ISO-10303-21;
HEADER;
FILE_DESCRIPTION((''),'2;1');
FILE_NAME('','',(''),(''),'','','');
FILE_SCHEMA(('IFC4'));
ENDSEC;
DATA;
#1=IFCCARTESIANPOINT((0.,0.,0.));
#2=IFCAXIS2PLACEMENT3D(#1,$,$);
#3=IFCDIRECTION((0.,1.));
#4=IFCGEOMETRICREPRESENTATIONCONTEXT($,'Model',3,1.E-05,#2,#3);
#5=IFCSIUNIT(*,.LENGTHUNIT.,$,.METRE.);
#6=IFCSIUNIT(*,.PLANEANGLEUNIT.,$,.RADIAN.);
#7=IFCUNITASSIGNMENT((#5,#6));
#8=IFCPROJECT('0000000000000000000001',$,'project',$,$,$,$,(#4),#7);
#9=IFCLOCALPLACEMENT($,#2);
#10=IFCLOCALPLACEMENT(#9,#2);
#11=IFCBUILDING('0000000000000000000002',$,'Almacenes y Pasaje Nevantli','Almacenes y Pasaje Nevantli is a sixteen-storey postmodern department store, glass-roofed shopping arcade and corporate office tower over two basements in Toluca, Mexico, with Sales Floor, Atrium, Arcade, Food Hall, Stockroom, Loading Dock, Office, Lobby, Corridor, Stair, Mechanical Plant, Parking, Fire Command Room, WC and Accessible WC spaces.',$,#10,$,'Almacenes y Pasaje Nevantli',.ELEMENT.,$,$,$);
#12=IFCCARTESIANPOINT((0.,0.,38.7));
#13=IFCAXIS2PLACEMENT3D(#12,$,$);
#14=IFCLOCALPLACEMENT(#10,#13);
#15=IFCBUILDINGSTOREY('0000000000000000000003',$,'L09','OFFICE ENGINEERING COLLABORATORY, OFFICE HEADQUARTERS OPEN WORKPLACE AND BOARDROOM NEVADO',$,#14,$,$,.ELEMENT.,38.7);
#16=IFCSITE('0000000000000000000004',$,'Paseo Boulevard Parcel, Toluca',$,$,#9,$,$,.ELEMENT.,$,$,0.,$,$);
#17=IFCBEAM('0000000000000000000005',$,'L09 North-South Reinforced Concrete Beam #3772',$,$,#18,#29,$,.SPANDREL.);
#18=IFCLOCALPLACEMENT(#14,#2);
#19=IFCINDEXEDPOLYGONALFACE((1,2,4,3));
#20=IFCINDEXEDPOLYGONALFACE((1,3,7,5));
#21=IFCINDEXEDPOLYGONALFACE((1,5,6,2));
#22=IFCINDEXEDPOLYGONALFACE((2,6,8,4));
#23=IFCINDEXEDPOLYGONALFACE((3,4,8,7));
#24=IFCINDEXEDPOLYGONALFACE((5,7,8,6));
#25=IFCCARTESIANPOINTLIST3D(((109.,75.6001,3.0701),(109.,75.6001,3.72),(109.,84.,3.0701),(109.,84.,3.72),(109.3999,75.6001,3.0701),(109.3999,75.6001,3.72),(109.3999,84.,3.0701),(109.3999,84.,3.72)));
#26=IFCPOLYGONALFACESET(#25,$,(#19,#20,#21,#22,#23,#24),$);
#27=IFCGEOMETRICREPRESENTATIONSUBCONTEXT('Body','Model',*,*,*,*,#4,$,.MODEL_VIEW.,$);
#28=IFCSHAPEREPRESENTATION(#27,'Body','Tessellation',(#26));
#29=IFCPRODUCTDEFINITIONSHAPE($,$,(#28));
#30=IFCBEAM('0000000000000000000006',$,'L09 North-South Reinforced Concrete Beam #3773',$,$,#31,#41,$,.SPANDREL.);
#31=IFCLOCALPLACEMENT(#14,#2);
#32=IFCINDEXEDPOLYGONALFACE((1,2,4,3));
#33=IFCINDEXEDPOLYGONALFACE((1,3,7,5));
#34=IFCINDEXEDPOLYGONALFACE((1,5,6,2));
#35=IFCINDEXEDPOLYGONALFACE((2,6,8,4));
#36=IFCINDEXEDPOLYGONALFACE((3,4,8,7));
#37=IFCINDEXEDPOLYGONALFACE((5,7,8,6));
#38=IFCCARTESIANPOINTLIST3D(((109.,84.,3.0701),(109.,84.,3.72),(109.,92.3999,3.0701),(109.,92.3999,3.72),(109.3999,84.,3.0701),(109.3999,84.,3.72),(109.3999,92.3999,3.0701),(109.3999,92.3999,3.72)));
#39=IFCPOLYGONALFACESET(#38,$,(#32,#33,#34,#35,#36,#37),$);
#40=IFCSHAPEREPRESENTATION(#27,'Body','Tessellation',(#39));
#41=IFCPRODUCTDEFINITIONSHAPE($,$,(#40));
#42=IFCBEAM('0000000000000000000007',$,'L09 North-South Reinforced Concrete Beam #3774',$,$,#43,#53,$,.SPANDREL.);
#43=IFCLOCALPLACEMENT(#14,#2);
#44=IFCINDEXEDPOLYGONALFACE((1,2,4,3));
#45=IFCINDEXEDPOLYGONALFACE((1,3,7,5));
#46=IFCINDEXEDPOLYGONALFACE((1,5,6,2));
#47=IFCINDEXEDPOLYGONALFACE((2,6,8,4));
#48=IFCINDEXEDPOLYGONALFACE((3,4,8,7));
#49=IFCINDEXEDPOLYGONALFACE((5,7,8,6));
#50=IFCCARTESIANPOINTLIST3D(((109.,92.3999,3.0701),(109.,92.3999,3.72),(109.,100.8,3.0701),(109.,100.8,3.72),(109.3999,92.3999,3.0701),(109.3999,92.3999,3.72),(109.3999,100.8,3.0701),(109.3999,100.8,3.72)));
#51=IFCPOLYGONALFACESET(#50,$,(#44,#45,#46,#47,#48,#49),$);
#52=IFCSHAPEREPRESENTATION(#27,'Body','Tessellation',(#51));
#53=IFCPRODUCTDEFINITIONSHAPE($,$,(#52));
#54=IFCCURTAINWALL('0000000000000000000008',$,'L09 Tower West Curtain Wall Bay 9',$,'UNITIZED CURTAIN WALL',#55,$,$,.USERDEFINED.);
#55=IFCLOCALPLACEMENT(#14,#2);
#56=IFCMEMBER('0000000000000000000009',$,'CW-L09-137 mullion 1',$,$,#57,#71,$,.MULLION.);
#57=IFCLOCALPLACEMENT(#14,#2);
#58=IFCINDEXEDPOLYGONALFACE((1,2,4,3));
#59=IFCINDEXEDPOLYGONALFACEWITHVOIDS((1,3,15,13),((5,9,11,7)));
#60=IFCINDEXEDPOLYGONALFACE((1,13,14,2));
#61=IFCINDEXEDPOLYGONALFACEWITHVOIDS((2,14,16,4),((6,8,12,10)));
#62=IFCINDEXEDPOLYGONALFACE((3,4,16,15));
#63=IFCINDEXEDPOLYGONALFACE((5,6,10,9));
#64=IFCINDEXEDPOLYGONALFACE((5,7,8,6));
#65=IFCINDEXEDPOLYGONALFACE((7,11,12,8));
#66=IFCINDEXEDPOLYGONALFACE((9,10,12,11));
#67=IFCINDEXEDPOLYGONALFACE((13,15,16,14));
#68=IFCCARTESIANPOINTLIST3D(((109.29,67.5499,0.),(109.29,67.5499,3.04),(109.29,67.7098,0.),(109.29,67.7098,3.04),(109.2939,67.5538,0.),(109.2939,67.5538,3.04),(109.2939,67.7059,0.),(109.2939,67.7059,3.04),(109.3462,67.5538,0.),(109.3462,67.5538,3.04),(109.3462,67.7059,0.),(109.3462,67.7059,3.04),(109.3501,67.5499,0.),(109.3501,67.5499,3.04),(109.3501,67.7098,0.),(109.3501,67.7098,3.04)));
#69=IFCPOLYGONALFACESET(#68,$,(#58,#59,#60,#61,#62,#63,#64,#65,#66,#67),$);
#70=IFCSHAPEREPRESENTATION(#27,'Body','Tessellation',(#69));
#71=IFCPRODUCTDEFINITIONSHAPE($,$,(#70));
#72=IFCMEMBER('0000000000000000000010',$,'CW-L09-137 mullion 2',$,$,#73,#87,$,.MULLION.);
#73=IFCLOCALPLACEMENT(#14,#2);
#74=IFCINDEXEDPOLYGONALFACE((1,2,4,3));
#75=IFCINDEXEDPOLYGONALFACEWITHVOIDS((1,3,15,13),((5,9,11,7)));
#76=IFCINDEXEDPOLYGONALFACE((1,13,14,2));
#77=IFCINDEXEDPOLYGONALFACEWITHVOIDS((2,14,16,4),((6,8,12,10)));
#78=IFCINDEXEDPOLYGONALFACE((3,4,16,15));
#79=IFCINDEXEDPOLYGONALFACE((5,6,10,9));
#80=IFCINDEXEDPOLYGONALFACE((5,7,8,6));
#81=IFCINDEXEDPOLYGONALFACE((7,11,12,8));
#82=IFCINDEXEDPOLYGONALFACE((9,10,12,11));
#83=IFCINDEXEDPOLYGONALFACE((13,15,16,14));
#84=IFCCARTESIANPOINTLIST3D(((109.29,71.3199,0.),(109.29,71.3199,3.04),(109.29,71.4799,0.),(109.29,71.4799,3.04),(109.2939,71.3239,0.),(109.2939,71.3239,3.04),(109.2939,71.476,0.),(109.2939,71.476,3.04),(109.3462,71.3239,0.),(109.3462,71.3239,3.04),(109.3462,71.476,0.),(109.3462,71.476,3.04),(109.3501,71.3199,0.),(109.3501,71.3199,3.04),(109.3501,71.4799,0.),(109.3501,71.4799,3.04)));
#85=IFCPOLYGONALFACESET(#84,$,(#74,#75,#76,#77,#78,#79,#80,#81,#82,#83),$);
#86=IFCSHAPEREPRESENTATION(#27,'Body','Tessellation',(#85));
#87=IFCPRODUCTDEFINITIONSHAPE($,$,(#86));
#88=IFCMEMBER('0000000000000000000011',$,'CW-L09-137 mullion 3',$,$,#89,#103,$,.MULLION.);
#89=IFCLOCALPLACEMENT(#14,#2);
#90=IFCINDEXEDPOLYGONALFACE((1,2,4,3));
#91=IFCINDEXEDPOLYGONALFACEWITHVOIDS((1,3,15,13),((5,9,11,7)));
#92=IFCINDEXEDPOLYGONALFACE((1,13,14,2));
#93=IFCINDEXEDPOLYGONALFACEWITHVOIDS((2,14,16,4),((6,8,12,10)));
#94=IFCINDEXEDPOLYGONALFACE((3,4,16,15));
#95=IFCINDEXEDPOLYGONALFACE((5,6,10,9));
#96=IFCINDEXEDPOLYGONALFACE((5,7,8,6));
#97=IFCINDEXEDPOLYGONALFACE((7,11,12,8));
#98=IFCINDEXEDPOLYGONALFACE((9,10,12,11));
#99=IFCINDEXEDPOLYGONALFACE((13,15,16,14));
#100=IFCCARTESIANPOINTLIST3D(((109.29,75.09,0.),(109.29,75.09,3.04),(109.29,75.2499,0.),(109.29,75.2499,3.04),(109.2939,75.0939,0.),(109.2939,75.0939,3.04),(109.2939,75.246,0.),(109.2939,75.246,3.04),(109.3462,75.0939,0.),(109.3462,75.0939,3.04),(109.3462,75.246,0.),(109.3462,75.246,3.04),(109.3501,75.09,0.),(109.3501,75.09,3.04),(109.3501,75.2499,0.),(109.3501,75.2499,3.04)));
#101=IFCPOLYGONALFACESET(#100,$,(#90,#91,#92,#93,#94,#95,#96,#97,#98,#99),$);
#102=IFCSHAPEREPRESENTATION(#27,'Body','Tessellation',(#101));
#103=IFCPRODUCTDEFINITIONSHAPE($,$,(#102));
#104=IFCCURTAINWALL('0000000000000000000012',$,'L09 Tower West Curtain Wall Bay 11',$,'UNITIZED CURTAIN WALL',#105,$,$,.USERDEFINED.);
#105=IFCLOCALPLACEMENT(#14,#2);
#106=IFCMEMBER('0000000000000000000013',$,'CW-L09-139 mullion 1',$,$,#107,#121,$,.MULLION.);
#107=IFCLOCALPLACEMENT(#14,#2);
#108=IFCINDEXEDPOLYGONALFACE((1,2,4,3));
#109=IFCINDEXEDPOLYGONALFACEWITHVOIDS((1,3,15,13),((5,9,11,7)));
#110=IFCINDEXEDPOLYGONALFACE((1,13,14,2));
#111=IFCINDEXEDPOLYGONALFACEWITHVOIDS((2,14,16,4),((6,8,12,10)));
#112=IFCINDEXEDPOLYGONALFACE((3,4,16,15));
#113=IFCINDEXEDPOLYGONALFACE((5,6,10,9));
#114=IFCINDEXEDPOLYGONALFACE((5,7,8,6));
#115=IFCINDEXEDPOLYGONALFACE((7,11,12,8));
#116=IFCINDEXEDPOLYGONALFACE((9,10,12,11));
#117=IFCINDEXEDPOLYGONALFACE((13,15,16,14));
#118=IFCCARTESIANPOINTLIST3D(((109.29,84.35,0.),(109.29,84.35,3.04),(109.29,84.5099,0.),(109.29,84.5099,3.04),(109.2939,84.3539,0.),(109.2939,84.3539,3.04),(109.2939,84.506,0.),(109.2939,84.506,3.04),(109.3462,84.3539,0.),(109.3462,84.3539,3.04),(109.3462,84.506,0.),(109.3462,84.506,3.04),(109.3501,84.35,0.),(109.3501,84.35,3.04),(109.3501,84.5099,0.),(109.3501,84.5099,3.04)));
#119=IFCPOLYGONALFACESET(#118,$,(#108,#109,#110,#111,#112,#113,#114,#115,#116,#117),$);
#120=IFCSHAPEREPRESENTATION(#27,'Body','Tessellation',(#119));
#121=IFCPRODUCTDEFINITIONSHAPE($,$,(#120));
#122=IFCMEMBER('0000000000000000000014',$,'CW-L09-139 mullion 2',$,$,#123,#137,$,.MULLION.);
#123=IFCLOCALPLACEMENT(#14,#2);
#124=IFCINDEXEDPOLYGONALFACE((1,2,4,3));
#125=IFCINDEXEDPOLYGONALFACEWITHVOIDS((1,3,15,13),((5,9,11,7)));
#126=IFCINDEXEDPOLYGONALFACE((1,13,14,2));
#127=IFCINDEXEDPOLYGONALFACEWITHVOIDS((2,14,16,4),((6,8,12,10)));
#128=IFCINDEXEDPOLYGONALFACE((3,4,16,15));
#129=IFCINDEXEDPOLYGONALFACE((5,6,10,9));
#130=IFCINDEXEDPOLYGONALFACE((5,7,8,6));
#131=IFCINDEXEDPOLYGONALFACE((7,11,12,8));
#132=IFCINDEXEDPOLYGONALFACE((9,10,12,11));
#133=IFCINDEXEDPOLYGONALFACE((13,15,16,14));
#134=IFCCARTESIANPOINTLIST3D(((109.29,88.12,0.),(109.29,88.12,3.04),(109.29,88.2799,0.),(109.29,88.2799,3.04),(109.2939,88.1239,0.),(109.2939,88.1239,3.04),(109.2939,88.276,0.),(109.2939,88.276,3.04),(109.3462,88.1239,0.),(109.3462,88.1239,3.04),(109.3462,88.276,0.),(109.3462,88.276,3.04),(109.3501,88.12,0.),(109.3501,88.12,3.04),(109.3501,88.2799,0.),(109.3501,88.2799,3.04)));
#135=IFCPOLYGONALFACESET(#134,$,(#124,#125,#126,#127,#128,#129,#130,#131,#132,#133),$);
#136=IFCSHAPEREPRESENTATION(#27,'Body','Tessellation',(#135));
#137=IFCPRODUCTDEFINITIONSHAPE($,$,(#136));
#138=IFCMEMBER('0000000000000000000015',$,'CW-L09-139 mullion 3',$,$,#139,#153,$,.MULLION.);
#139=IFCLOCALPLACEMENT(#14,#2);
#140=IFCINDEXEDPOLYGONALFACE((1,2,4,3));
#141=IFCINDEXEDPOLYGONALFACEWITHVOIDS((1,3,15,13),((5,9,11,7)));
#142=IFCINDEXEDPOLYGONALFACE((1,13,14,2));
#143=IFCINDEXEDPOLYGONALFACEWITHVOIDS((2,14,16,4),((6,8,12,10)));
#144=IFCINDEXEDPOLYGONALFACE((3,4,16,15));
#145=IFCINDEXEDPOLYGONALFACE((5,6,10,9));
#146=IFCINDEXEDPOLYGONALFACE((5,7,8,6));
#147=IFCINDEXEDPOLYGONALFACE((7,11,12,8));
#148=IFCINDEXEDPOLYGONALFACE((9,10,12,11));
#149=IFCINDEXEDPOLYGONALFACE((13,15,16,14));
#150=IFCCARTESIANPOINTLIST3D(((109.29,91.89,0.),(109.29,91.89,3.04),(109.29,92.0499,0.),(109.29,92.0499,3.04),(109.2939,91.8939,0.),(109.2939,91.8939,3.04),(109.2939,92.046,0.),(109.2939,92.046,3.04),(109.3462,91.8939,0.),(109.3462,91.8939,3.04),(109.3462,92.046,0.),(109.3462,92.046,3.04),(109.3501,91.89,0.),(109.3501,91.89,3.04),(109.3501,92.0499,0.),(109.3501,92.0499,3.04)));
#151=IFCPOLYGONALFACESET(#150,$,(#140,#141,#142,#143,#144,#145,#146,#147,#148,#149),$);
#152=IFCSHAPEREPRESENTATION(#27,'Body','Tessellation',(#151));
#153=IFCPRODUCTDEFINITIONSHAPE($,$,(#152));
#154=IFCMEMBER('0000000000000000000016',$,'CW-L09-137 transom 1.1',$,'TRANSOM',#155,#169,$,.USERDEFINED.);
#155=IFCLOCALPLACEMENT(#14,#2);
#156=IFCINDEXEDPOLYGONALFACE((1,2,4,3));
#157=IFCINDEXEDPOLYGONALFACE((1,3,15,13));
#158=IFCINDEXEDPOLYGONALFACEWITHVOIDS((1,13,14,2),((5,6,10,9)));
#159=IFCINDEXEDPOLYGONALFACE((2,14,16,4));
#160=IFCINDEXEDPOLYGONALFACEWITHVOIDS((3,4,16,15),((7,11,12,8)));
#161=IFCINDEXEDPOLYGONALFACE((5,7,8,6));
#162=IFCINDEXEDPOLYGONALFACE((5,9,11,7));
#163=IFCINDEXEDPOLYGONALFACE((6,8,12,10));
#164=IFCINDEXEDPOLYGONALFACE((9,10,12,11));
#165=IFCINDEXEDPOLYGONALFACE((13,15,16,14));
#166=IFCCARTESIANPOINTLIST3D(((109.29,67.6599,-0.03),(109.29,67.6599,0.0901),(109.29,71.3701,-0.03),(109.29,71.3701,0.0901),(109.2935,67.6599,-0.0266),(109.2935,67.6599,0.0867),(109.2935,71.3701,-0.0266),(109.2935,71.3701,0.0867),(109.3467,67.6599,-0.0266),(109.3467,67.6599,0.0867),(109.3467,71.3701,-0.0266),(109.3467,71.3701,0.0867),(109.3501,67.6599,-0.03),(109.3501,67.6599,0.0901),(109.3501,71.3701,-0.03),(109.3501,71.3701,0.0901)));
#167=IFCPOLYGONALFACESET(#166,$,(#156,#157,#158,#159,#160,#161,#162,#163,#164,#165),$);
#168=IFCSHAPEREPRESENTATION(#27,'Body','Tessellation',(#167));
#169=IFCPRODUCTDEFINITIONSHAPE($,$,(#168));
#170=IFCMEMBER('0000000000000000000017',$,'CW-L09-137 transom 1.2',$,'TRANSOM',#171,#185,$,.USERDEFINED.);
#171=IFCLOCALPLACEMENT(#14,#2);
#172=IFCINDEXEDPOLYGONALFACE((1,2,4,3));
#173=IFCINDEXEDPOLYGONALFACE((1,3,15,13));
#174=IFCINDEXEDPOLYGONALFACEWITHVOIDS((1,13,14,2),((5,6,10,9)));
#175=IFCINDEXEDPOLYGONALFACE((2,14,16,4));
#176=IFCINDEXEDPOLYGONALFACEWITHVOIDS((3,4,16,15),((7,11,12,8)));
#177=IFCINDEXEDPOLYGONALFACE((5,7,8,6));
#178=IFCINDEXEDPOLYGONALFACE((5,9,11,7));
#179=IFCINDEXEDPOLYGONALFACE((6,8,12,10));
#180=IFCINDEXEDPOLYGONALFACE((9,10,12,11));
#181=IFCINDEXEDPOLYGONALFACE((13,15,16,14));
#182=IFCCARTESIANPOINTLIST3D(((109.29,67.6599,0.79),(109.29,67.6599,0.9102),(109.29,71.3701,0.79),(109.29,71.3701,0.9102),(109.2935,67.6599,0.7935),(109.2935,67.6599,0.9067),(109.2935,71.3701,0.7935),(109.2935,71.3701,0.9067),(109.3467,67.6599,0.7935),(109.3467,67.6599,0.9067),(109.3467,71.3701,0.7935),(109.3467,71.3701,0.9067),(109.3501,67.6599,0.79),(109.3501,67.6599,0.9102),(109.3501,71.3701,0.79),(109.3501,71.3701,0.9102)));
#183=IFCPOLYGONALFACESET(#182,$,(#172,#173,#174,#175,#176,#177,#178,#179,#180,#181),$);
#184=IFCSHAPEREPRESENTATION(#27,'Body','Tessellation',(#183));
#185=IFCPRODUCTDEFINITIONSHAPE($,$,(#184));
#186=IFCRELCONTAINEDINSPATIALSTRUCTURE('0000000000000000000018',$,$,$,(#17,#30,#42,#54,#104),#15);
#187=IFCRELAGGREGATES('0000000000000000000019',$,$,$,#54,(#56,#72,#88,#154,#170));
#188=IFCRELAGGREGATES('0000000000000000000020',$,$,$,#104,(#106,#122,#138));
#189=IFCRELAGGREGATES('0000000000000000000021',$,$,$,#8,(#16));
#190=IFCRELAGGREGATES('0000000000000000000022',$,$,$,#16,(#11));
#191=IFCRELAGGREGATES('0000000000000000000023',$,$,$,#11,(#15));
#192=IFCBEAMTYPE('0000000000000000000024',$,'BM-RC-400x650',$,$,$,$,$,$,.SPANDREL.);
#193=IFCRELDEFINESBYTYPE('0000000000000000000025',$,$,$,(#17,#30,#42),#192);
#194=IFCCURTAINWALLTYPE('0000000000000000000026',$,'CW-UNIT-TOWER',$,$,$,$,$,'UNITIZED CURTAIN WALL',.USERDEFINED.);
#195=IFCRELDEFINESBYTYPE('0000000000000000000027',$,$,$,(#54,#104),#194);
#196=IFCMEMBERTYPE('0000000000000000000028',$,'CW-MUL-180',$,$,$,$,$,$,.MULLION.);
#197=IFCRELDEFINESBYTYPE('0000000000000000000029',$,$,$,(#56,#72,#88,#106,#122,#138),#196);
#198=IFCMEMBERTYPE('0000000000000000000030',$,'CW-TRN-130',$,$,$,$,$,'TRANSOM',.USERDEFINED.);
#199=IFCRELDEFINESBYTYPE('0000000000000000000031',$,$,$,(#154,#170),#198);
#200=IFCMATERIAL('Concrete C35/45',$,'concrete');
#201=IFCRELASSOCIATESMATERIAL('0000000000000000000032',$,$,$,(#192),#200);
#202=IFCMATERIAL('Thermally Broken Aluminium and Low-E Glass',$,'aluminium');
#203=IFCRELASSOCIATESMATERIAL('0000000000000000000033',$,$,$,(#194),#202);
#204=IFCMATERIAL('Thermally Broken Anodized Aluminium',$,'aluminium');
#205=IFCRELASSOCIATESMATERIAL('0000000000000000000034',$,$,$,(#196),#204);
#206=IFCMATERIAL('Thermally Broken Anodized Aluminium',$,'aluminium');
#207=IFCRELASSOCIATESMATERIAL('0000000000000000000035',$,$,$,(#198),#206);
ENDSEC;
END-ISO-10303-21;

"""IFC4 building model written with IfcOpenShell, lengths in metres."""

from ifc_helpers import new_model, si_unit, direction, frame, origin, origin_2d, place, context, subcontext, project, spatial, rectangle, hollow_rectangle, extrude, material, material_profile, profile_set, type_object, element, aggregate, save


model = new_model("IFC4")

# Units and contexts
model_context = context("Model", 3, precision=1e-05, world=origin(), true_north=direction((0.0, 1.0)))
body_context = subcontext(model_context, "Body", "Model", "MODEL_VIEW")
ifc_project = project(units=[si_unit("LENGTHUNIT", "METRE"), si_unit("PLANEANGLEUNIT", "RADIAN")], contexts=[model_context])

# Site, building, storey
site_placement = place(None, origin())
site = spatial("IfcSite", under=ifc_project, at=site_placement, Name="Paseo Boulevard Parcel, Toluca", CompositionType="ELEMENT", RefElevation=0.0)
building_placement = place(site_placement, origin())
building = spatial("IfcBuilding", under=site, at=building_placement, Name="Almacenes y Pasaje Nevantli", Description="Almacenes y Pasaje Nevantli is a sixteen-storey postmodern department store, glass-roofed shopping arcade and corporate office tower over two basements in Toluca, Mexico, with Sales Floor, Atrium, Arcade, Food Hall, Stockroom, Loading Dock, Office, Lobby, Corridor, Stair, Mechanical Plant, Parking, Fire Command Room, WC and Accessible WC spaces.", LongName="Almacenes y Pasaje Nevantli", CompositionType="ELEMENT")
storey_placement = place(building_placement, frame((0.0, 0.0, 38.7)))
storey = spatial("IfcBuildingStorey", under=building, at=storey_placement, Name="L09", Description="OFFICE ENGINEERING COLLABORATORY, OFFICE HEADQUARTERS OPEN WORKPLACE AND BOARDROOM NEVADO", CompositionType="ELEMENT", Elevation=38.7)

# Beams
ifc_material_1 = material(Name="Concrete C35/45", Category="concrete")
ifc_material_profile_1 = material_profile(ifc_material_1, rectangle(XDim=0.3999, YDim=0.6499, at=origin_2d()), Name="RC-BM-400x650")
ifc_profile_set_1 = profile_set([ifc_material_profile_1], Name="Concrete C35/45")
beam_type = type_object("IfcBeamType", Name="BM-RC-400x650", PredefinedType="SPANDREL", material=ifc_profile_set_1)
for number, where, z_axis, x_axis, name in (
    (1, (109.2, 75.6001, 3.395), (0.0, 1.0, 0.0), (-1.0, 0.0, 0.0), "L09 North-South Reinforced Concrete Beam #3772"),
    (2, (109.2, 84.0, 3.395), (0.0, 1.0, 0.0), (-1.0, 0.0, 0.0), "L09 North-South Reinforced Concrete Beam #3773"),
):
    element("IfcBeam", number, at=place(storey_placement, frame(where, z_axis=z_axis, x_axis=x_axis)), inside=storey, type_object=beam_type, Name=name, PredefinedType="SPANDREL", context=body_context, shape_type="SweptSolid", body=[
        extrude(rectangle(XDim=0.3999, YDim=0.6499, at=origin_2d()), origin(), (0.0, 0.0, 1.0), 8.3999),
    ])
beam_placement = place(storey_placement, frame((109.2, 92.3999, 3.395), z_axis=(0.0, 1.0, 0.0), x_axis=(-1.0, 0.0, 0.0)))
element("IfcBeam", 3, at=beam_placement, inside=storey, type_object=beam_type, Name="L09 North-South Reinforced Concrete Beam #3774", PredefinedType="SPANDREL", context=body_context, shape_type="SweptSolid", body=[
    extrude(rectangle(XDim=0.3999, YDim=0.6499, at=origin_2d()), origin(), (0.0, 0.0, 1.0), 8.4001),
])

# Curtain walls, members
ifc_material_2 = material(Name="Thermally Broken Aluminium and Low-E Glass", Category="aluminium")
curtain_wall_type = type_object("IfcCurtainWallType", Name="CW-UNIT-TOWER", ElementType="UNITIZED CURTAIN WALL", PredefinedType="USERDEFINED", material=ifc_material_2)
curtain_wall_1_placement = place(storey_placement, origin())
curtain_wall_1 = element("IfcCurtainWall", 4, at=curtain_wall_1_placement, inside=storey, type_object=curtain_wall_type, Name="L09 Tower West Curtain Wall Bay 9", ObjectType="UNITIZED CURTAIN WALL", PredefinedType="USERDEFINED")
ifc_material_3 = material(Name="Thermally Broken Anodized Aluminium", Category="aluminium")
ifc_material_profile_2 = material_profile(ifc_material_3, hollow_rectangle(XDim=0.0601, YDim=0.1599, WallThickness=0.0039, at=origin_2d()), Name="ALU-MUL-60x160")
ifc_profile_set_2 = profile_set([ifc_material_profile_2], Name="Thermally Broken Anodized Aluminium")
member_type_1 = type_object("IfcMemberType", Name="CW-MUL-180", PredefinedType="MULLION", material=ifc_profile_set_2)
member_1_placement = place(storey_placement, frame((109.3201, 67.6299, 0.0), z_axis=(0.0, 0.0, 1.0), x_axis=(-1.0, 0.0, 0.0)))
member_1 = element("IfcMember", 5, at=member_1_placement, type_object=member_type_1, Name="CW-L09-137 mullion 1", PredefinedType="MULLION", context=body_context, shape_type="SweptSolid", body=[
    extrude(hollow_rectangle(XDim=0.0601, YDim=0.1599, WallThickness=0.0039, at=origin_2d()), origin(), (0.0, 0.0, 1.0), 3.04),
])
member_2_placement = place(storey_placement, frame((109.3201, 71.3999, 0.0), z_axis=(0.0, 0.0, 1.0), x_axis=(-1.0, 0.0, 0.0)))
member_2 = element("IfcMember", 6, at=member_2_placement, type_object=member_type_1, Name="CW-L09-137 mullion 2", PredefinedType="MULLION", context=body_context, shape_type="SweptSolid", body=[
    extrude(hollow_rectangle(XDim=0.0601, YDim=0.1599, WallThickness=0.0039, at=origin_2d()), origin(), (0.0, 0.0, 1.0), 3.04),
])
member_3_placement = place(storey_placement, frame((109.3201, 75.1699, 0.0), z_axis=(0.0, 0.0, 1.0), x_axis=(-1.0, 0.0, 0.0)))
member_3 = element("IfcMember", 7, at=member_3_placement, type_object=member_type_1, Name="CW-L09-137 mullion 3", PredefinedType="MULLION", context=body_context, shape_type="SweptSolid", body=[
    extrude(hollow_rectangle(XDim=0.0601, YDim=0.1599, WallThickness=0.0039, at=origin_2d()), origin(), (0.0, 0.0, 1.0), 3.04),
])
curtain_wall_2_placement = place(storey_placement, origin())
curtain_wall_2 = element("IfcCurtainWall", 8, at=curtain_wall_2_placement, inside=storey, type_object=curtain_wall_type, Name="L09 Tower West Curtain Wall Bay 11", ObjectType="UNITIZED CURTAIN WALL", PredefinedType="USERDEFINED")
member_4_placement = place(storey_placement, frame((109.3201, 84.4299, 0.0), z_axis=(0.0, 0.0, 1.0), x_axis=(-1.0, 0.0, 0.0)))
member_4 = element("IfcMember", 9, at=member_4_placement, type_object=member_type_1, Name="CW-L09-139 mullion 1", PredefinedType="MULLION", context=body_context, shape_type="SweptSolid", body=[
    extrude(hollow_rectangle(XDim=0.0601, YDim=0.1599, WallThickness=0.0039, at=origin_2d()), origin(), (0.0, 0.0, 1.0), 3.04),
])
member_5_placement = place(storey_placement, frame((109.3201, 88.2, 0.0), z_axis=(0.0, 0.0, 1.0), x_axis=(-1.0, 0.0, 0.0)))
member_5 = element("IfcMember", 10, at=member_5_placement, type_object=member_type_1, Name="CW-L09-139 mullion 2", PredefinedType="MULLION", context=body_context, shape_type="SweptSolid", body=[
    extrude(hollow_rectangle(XDim=0.0601, YDim=0.1599, WallThickness=0.0039, at=origin_2d()), origin(), (0.0, 0.0, 1.0), 3.04),
])
member_6_placement = place(storey_placement, frame((109.3201, 91.97, 0.0), z_axis=(0.0, 0.0, 1.0), x_axis=(-1.0, 0.0, 0.0)))
member_6 = element("IfcMember", 11, at=member_6_placement, type_object=member_type_1, Name="CW-L09-139 mullion 3", PredefinedType="MULLION", context=body_context, shape_type="SweptSolid", body=[
    extrude(hollow_rectangle(XDim=0.0601, YDim=0.1599, WallThickness=0.0039, at=origin_2d()), origin(), (0.0, 0.0, 1.0), 3.04),
])

# Members
ifc_material_4 = material(Name="Thermally Broken Anodized Aluminium", Category="aluminium")
ifc_material_profile_3 = material_profile(ifc_material_4, hollow_rectangle(XDim=0.0601, YDim=0.1201, WallThickness=0.0034, at=origin_2d()), Name="ALU-TRN-60x120")
ifc_profile_set_3 = profile_set([ifc_material_profile_3], Name="Thermally Broken Anodized Aluminium")
member_type_2 = type_object("IfcMemberType", Name="CW-TRN-130", ElementType="TRANSOM", PredefinedType="USERDEFINED", material=ifc_profile_set_3)
member_7_placement = place(storey_placement, frame((109.3201, 67.6599, 0.03), z_axis=(0.0, 1.0, 0.0), x_axis=(-1.0, 0.0, 0.0)))
member_7 = element("IfcMember", 12, at=member_7_placement, type_object=member_type_2, Name="CW-L09-137 transom 1.1", ObjectType="TRANSOM", PredefinedType="USERDEFINED", context=body_context, shape_type="SweptSolid", body=[
    extrude(hollow_rectangle(XDim=0.0601, YDim=0.1201, WallThickness=0.0034, at=origin_2d()), origin(), (0.0, 0.0, 1.0), 3.7102),
])
member_8_placement = place(storey_placement, frame((109.3201, 67.6599, 0.8501), z_axis=(0.0, 1.0, 0.0), x_axis=(-1.0, 0.0, 0.0)))
member_8 = element("IfcMember", 13, at=member_8_placement, type_object=member_type_2, Name="CW-L09-137 transom 1.2", ObjectType="TRANSOM", PredefinedType="USERDEFINED", context=body_context, shape_type="SweptSolid", body=[
    extrude(hollow_rectangle(XDim=0.0601, YDim=0.1201, WallThickness=0.0034, at=origin_2d()), origin(), (0.0, 0.0, 1.0), 3.7102),
])

aggregate(curtain_wall_1, [member_1, member_2, member_3, member_7, member_8])
aggregate(curtain_wall_2, [member_4, member_5, member_6])

save(model, "model.ifc")
